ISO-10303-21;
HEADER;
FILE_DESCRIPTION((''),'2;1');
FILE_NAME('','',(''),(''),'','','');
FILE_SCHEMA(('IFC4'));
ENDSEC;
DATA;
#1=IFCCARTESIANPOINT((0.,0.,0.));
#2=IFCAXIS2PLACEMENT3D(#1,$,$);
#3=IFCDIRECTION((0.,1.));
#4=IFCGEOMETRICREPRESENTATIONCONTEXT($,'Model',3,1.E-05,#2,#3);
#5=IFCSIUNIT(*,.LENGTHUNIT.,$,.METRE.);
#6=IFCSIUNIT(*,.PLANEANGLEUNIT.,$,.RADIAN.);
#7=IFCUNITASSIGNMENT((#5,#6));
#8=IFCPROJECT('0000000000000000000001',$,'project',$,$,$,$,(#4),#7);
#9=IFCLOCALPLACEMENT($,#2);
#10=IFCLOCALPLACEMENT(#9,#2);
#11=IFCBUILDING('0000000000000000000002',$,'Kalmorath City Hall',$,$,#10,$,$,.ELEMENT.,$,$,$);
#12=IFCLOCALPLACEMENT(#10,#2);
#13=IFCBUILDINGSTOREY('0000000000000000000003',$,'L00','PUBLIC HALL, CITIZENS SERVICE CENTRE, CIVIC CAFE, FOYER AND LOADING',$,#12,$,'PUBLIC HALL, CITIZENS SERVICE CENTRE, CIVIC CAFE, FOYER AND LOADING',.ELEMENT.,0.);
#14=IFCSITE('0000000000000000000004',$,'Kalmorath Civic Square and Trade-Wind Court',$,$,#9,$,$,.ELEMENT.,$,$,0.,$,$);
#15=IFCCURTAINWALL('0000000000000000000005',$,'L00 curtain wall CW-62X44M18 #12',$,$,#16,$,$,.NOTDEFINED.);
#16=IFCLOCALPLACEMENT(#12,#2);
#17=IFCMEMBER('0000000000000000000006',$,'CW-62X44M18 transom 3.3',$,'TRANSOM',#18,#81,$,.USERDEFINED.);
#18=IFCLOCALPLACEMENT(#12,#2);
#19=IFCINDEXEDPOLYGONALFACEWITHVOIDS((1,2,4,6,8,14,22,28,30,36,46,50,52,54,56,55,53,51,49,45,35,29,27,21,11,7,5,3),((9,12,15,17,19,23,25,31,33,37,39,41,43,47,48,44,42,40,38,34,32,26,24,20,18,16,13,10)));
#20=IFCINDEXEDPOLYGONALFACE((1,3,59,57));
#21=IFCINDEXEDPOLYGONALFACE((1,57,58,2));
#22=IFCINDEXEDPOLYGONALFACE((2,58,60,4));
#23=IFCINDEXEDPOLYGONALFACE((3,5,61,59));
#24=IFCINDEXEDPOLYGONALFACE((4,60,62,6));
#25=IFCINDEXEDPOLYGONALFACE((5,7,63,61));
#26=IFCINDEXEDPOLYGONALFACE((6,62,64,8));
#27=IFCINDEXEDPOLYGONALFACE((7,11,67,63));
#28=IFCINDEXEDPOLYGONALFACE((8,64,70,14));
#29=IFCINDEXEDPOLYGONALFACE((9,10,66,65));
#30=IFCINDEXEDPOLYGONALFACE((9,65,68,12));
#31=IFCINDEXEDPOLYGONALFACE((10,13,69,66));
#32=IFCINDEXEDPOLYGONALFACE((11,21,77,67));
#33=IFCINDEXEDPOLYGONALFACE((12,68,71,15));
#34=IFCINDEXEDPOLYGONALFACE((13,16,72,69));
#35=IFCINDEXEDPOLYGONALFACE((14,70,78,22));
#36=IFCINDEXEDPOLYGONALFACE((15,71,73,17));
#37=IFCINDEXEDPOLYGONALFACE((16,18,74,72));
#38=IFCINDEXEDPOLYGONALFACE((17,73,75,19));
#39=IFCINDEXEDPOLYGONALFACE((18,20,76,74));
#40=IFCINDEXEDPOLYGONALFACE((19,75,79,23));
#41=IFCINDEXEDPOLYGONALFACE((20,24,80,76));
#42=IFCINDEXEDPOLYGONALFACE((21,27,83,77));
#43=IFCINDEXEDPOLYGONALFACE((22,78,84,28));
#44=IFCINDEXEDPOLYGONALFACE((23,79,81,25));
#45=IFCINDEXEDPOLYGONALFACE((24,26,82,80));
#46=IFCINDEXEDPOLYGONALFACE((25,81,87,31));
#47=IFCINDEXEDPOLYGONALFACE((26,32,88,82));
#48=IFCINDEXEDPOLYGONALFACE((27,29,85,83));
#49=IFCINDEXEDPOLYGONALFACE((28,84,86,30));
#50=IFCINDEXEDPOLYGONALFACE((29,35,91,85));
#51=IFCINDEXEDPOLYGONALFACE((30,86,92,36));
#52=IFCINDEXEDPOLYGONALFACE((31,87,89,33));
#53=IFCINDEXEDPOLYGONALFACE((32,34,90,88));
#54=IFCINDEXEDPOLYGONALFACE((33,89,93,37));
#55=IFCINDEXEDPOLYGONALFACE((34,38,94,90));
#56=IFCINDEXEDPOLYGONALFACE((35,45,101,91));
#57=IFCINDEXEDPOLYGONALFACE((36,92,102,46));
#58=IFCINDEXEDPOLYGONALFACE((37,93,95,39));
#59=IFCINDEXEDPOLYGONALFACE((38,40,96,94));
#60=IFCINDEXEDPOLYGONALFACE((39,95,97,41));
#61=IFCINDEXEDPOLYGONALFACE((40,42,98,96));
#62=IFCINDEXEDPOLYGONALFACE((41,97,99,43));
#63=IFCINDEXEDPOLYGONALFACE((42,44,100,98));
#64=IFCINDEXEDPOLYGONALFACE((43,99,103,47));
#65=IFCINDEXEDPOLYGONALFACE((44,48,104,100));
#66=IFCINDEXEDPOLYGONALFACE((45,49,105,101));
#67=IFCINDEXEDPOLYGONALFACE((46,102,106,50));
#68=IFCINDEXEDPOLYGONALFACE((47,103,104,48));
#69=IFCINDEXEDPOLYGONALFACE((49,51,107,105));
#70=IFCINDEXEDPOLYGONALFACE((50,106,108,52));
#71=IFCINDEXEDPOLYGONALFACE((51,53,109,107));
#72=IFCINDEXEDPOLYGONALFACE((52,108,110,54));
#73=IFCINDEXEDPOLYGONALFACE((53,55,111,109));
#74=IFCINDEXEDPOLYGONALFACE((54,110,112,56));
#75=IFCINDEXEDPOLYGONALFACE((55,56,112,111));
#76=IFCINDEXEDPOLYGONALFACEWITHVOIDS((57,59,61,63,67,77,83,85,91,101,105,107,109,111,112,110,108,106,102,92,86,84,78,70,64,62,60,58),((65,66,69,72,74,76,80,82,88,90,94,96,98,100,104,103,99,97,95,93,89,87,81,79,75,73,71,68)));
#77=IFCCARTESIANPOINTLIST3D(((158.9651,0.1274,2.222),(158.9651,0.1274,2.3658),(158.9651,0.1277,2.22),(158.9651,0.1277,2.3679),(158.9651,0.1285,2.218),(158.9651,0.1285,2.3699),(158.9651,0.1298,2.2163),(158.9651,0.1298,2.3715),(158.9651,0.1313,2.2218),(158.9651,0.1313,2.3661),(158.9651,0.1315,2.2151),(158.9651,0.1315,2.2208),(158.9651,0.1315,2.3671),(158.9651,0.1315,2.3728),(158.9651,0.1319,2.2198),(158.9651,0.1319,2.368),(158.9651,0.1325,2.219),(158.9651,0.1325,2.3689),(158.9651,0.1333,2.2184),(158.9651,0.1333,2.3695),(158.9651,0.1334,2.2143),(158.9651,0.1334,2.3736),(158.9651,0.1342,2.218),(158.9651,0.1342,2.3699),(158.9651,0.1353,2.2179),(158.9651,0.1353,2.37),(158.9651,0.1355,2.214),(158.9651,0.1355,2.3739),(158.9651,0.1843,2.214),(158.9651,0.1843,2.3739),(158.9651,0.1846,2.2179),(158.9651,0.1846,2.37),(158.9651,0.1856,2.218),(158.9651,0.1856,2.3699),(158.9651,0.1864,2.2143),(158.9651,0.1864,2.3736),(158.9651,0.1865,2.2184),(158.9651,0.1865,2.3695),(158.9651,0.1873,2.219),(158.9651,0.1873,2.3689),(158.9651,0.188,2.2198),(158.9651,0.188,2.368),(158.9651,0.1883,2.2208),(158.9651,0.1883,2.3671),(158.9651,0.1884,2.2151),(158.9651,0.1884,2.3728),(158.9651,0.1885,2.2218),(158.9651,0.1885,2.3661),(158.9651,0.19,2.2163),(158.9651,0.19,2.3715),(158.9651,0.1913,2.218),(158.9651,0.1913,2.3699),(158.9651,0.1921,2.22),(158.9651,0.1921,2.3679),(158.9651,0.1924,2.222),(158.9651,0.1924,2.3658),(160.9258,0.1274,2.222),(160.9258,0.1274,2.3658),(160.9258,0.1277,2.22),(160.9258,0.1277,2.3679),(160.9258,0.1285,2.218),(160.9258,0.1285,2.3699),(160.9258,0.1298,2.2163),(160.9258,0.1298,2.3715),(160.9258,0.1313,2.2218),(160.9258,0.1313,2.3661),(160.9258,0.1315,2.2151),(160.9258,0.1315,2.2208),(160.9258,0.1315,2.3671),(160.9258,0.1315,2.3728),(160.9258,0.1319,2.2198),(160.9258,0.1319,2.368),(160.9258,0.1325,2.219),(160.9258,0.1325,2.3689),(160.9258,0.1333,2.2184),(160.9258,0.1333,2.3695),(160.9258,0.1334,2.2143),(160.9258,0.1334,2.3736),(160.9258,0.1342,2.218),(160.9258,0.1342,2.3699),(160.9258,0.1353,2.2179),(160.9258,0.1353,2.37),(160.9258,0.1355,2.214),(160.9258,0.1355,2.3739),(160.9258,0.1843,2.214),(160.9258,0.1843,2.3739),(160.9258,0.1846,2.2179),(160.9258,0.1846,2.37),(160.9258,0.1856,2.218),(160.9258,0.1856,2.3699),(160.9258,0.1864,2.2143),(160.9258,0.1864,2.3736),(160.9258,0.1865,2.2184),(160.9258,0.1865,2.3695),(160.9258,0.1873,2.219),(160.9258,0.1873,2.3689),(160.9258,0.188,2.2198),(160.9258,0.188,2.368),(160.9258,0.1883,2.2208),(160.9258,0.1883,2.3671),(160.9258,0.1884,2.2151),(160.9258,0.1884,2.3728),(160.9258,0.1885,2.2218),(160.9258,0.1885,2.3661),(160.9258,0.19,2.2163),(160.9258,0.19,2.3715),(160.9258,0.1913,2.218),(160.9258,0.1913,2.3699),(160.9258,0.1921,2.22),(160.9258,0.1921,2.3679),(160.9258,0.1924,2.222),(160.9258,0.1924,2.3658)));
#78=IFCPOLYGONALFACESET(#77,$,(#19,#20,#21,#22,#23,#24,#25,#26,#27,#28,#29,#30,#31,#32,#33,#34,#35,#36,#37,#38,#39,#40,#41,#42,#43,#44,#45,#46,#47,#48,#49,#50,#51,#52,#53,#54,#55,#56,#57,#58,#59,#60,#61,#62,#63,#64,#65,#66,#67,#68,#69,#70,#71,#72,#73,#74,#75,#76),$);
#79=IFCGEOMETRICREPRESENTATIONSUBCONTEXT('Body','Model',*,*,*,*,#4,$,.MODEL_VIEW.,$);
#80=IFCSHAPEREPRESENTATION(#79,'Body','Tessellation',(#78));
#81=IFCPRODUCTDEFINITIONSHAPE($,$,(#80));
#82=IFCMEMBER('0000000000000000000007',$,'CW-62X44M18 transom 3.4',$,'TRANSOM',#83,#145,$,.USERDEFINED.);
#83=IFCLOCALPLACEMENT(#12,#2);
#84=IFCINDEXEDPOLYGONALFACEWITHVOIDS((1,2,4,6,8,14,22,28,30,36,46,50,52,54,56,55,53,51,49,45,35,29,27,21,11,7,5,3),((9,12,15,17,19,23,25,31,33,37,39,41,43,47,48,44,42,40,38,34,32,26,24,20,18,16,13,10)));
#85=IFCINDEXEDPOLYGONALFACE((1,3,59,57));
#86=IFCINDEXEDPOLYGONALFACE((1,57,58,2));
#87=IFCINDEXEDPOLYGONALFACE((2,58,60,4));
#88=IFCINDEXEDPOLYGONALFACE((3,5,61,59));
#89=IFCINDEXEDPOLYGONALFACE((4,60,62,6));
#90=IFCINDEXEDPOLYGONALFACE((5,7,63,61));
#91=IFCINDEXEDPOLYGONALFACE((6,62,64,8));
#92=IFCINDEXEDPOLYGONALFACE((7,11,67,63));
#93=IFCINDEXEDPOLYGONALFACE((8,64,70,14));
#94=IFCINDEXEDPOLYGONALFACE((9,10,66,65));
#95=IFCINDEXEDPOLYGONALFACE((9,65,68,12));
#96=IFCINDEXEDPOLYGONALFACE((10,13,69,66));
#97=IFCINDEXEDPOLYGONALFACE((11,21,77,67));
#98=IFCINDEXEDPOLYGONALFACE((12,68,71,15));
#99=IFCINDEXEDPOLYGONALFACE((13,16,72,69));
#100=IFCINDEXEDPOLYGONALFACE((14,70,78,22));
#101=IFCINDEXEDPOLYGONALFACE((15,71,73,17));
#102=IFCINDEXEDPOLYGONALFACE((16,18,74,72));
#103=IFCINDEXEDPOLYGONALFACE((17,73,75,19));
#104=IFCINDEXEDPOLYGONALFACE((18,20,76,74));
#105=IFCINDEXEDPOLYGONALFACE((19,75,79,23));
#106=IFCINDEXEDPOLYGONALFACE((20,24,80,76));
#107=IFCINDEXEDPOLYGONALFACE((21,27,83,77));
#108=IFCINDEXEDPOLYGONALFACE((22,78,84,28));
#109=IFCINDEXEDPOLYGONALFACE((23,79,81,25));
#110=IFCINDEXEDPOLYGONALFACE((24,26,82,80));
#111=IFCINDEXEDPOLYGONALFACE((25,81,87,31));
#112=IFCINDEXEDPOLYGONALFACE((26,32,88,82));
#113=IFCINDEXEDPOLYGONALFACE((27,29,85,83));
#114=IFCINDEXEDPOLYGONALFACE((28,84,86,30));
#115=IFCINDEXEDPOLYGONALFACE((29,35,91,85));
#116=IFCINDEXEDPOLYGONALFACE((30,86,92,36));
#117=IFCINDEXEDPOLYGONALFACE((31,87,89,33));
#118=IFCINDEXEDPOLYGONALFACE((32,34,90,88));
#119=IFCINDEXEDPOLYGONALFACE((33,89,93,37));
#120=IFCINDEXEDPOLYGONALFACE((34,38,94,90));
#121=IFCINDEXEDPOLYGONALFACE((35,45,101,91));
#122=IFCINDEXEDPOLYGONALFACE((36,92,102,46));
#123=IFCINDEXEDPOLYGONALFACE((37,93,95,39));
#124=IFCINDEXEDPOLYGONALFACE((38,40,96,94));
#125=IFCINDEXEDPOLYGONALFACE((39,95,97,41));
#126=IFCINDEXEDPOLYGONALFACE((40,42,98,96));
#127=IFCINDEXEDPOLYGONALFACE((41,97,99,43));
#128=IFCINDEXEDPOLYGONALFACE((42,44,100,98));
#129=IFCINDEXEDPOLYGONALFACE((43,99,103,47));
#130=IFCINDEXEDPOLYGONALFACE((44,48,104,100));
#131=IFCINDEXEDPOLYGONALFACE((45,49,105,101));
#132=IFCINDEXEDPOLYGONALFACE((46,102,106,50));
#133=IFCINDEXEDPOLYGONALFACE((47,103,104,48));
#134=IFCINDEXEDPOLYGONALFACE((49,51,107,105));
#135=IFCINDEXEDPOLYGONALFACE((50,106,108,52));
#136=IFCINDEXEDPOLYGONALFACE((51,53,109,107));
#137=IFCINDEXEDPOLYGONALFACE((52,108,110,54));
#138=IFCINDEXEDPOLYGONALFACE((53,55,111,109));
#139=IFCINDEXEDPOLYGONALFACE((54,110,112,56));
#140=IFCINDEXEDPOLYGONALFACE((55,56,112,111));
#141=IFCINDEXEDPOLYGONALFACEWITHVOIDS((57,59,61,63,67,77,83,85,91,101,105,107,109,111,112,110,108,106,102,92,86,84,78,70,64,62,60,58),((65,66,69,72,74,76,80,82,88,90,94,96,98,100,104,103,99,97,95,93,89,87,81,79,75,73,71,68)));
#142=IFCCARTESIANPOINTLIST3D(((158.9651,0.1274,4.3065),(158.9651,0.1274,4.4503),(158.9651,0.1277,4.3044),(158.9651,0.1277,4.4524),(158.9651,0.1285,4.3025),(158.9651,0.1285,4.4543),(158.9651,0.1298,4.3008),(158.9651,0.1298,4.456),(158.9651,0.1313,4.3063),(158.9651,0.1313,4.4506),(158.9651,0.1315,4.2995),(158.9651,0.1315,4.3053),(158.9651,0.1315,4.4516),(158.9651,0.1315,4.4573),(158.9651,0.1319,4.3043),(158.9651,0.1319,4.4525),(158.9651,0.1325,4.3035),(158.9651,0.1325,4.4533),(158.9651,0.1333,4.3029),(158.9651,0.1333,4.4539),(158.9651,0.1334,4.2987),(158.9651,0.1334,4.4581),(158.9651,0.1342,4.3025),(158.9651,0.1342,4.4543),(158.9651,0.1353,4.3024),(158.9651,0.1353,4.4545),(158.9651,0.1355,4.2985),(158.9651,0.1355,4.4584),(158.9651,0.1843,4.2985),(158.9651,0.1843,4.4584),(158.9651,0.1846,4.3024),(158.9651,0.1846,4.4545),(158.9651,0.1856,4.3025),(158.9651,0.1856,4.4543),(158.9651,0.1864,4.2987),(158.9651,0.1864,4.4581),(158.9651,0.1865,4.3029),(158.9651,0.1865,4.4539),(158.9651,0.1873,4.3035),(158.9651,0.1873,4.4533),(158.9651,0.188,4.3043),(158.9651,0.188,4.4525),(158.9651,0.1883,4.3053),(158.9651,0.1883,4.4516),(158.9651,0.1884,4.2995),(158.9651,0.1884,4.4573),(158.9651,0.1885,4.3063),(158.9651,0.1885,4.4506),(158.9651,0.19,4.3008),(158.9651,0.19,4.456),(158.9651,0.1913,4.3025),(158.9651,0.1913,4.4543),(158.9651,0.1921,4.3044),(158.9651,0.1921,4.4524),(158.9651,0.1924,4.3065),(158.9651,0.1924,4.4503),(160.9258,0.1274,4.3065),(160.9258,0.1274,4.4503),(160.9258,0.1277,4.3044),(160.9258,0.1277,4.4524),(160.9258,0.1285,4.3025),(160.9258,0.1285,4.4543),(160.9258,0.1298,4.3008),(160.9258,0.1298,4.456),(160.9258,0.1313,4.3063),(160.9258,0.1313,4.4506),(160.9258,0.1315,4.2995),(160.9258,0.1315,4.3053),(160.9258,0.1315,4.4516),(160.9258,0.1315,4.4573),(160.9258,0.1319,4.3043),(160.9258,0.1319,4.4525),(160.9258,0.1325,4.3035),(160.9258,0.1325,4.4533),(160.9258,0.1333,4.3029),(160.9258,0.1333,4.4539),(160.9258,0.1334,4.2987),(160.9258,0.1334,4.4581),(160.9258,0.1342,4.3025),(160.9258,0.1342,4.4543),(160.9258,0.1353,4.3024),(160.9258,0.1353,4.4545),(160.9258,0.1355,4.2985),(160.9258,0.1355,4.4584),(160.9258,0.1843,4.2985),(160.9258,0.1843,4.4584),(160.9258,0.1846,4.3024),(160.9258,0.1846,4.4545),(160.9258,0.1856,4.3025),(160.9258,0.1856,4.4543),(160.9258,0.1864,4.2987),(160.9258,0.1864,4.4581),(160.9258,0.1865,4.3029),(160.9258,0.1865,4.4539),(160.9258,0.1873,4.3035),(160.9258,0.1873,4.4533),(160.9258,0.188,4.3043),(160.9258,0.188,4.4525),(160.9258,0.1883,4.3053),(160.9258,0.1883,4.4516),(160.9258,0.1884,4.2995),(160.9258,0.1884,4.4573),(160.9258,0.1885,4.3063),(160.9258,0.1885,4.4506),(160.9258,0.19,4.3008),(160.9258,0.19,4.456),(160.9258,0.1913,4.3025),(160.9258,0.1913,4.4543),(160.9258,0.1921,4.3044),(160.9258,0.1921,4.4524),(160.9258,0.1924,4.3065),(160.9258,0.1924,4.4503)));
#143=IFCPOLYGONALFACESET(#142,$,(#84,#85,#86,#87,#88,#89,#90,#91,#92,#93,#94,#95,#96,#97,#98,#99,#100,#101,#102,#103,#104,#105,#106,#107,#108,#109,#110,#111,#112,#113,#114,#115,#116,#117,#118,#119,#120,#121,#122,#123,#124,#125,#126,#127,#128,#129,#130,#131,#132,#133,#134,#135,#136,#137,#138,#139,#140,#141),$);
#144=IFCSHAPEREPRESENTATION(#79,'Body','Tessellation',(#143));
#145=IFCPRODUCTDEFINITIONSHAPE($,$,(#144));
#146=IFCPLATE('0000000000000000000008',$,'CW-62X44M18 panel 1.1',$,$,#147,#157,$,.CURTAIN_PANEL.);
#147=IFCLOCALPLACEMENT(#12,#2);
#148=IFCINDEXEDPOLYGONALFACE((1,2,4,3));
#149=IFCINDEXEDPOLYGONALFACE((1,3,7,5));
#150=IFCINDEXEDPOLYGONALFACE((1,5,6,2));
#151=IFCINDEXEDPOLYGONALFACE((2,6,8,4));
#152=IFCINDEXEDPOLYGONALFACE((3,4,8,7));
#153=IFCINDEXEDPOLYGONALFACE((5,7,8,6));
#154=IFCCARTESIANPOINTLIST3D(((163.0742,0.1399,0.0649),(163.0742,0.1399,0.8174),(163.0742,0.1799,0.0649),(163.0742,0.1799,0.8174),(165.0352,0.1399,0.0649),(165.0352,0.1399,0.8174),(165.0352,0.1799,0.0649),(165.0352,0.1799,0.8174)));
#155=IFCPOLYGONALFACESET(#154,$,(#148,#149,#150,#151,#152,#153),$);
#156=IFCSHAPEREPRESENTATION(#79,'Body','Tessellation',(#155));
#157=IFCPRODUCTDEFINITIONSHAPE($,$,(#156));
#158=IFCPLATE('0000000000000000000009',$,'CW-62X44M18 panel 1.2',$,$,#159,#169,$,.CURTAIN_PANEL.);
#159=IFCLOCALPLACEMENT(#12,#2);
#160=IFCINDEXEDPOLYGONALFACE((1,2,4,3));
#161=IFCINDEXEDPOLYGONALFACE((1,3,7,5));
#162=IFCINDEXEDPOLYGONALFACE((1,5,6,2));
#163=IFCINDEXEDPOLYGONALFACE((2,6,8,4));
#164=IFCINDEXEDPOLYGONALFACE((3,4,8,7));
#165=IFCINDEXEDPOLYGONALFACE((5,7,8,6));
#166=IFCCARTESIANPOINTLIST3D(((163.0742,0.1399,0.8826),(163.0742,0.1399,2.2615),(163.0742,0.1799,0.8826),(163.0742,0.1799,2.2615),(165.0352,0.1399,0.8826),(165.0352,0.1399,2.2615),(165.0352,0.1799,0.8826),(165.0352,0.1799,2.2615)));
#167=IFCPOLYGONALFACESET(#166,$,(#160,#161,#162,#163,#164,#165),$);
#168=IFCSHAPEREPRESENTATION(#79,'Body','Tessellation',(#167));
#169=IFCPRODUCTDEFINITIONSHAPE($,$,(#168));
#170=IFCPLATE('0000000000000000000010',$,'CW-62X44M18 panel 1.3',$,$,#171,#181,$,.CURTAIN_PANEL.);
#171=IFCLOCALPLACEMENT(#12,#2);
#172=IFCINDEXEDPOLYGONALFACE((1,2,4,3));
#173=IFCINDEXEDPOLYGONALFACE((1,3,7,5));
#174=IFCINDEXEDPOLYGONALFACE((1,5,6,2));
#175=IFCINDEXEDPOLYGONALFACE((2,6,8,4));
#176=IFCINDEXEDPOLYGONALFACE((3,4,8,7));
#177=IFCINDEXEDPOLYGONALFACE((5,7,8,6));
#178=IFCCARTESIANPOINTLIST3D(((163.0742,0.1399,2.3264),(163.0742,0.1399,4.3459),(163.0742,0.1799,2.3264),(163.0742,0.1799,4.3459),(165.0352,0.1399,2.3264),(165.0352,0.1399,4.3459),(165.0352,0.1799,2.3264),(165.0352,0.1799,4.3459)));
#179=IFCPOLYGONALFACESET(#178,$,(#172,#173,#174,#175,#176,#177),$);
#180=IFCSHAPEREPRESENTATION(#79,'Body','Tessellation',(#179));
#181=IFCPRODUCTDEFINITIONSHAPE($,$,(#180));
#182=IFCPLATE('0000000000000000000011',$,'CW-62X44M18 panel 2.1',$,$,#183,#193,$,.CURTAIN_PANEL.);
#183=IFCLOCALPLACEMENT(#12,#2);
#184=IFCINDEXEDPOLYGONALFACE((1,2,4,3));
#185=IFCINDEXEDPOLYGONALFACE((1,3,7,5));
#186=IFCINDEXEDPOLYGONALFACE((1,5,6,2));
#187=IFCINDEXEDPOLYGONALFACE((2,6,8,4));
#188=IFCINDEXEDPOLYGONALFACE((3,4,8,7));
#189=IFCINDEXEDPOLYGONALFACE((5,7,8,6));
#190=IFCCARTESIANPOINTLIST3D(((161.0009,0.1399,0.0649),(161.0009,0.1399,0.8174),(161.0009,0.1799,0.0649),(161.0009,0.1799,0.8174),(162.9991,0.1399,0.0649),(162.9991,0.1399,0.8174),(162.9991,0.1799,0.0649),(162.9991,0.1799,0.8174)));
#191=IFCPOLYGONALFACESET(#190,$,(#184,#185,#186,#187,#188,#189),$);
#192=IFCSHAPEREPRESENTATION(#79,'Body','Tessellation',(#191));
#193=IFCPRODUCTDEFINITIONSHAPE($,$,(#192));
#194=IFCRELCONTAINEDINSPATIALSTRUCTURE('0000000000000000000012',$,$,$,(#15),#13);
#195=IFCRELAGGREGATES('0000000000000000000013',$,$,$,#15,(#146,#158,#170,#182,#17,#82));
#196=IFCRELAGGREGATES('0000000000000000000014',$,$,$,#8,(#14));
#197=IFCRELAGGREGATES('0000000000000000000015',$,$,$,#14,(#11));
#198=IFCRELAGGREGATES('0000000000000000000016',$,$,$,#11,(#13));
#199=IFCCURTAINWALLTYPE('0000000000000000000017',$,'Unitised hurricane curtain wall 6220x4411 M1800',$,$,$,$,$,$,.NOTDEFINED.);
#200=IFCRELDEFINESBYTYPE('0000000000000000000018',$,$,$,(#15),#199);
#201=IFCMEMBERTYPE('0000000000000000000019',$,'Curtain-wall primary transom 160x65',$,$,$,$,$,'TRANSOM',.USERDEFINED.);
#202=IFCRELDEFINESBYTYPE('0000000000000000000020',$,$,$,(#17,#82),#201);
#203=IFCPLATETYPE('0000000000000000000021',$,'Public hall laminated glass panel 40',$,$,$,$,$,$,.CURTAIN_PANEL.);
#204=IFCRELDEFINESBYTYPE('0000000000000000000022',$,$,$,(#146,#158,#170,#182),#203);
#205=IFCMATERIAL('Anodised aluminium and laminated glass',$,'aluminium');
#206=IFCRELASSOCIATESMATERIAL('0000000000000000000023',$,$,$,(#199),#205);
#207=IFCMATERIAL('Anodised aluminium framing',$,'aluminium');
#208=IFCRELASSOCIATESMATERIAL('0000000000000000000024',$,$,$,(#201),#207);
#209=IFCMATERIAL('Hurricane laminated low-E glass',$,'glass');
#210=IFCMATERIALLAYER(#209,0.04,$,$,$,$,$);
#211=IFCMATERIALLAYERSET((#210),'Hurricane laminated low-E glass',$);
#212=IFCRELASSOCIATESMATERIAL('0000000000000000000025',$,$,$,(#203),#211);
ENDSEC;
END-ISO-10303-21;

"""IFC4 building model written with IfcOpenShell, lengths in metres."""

from ifc_helpers import new_model, si_unit, direction, frame, origin, origin_2d, place, context, subcontext, project, spatial, rectangle, hollow_rectangle, extrude, material, layer, layer_set, material_profile, profile_set, type_object, element, aggregate, save


model = new_model("IFC4")

# Units and contexts
model_context = context("Model", 3, precision=1e-05, world=origin(), true_north=direction((0.0, 1.0)))
body_context = subcontext(model_context, "Body", "Model", "MODEL_VIEW")
ifc_project = project(units=[si_unit("LENGTHUNIT", "METRE"), si_unit("PLANEANGLEUNIT", "RADIAN")], contexts=[model_context])

# Site, building, storey
site_placement = place(None, origin())
site = spatial("IfcSite", under=ifc_project, at=site_placement, Name="Kalmorath Civic Square and Trade-Wind Court", CompositionType="ELEMENT", RefElevation=0.0)
building_placement = place(site_placement, origin())
building = spatial("IfcBuilding", under=site, at=building_placement, Name="Kalmorath City Hall", CompositionType="ELEMENT")
storey_placement = place(building_placement, origin())
storey = spatial("IfcBuildingStorey", under=building, at=storey_placement, Name="L00", Description="PUBLIC HALL, CITIZENS SERVICE CENTRE, CIVIC CAFE, FOYER AND LOADING", LongName="PUBLIC HALL, CITIZENS SERVICE CENTRE, CIVIC CAFE, FOYER AND LOADING", CompositionType="ELEMENT", Elevation=0.0)

# Curtain wall, members, plates
ifc_material_1 = material(Name="Anodised aluminium and laminated glass", Category="aluminium")
curtain_wall_type = type_object("IfcCurtainWallType", Name="Unitised hurricane curtain wall 6220x4411 M1800", PredefinedType="NOTDEFINED", material=ifc_material_1)
curtain_wall_placement = place(storey_placement, origin())
curtain_wall = element("IfcCurtainWall", 1, at=curtain_wall_placement, inside=storey, type_object=curtain_wall_type, Name="L00 curtain wall CW-62X44M18 #12", PredefinedType="NOTDEFINED")
ifc_material_2 = material(Name="Anodised aluminium framing", Category="aluminium")
ifc_material_profile_1 = material_profile(ifc_material_2, hollow_rectangle(XDim=0.0649, YDim=0.1599, WallThickness=0.0039, InnerFilletRadius=0.0039, OuterFilletRadius=0.0081, at=origin_2d()), Name="ALU-TRN-160X65X4")
ifc_profile_set_1 = profile_set([ifc_material_profile_1], Name="Anodised aluminium framing")
member_type_1 = type_object("IfcMemberType", Name="Curtain-wall primary transom 160x65", ElementType="TRANSOM", PredefinedType="USERDEFINED", material=ifc_profile_set_1)
member_1_placement = place(storey_placement, frame((160.9258, 0.1599, 2.2939), z_axis=(-1.0, 0.0, 0.0), x_axis=(0.0, -1.0, 0.0)))
member_1 = element("IfcMember", 2, at=member_1_placement, type_object=member_type_1, Name="CW-62X44M18 transom 3.3", ObjectType="TRANSOM", PredefinedType="USERDEFINED", context=body_context, shape_type="SweptSolid", body=[
    extrude(hollow_rectangle(XDim=0.0649, YDim=0.1599, WallThickness=0.0039, InnerFilletRadius=0.0039, OuterFilletRadius=0.0081, at=origin_2d()), origin(), (0.0, 0.0, 1.0), 1.9607),
])
member_2_placement = place(storey_placement, frame((160.9258, 0.1599, 4.3784), z_axis=(-1.0, 0.0, 0.0), x_axis=(0.0, -1.0, 0.0)))
member_2 = element("IfcMember", 3, at=member_2_placement, type_object=member_type_1, Name="CW-62X44M18 transom 3.4", ObjectType="TRANSOM", PredefinedType="USERDEFINED", context=body_context, shape_type="SweptSolid", body=[
    extrude(hollow_rectangle(XDim=0.0649, YDim=0.1599, WallThickness=0.0039, InnerFilletRadius=0.0039, OuterFilletRadius=0.0081, at=origin_2d()), origin(), (0.0, 0.0, 1.0), 1.9607),
])
ifc_material_3 = material(Name="Hurricane laminated low-E glass", Category="glass")
ifc_layer_1 = layer(ifc_material_3, 0.04)
ifc_layer_set_1 = layer_set([ifc_layer_1], Name="Hurricane laminated low-E glass")
plate_type = type_object("IfcPlateType", Name="Public hall laminated glass panel 40", PredefinedType="CURTAIN_PANEL", material=ifc_layer_set_1)
plate_1_placement = place(storey_placement, frame((164.0547, 0.1599, 0.0649), z_axis=(0.0, 0.0, 1.0), x_axis=(-1.0, 0.0, 0.0)))
plate_1 = element("IfcPlate", 4, at=plate_1_placement, type_object=plate_type, Name="CW-62X44M18 panel 1.1", PredefinedType="CURTAIN_PANEL", context=body_context, shape_type="SweptSolid", body=[
    extrude(rectangle(XDim=1.9609, YDim=0.04, at=origin_2d()), origin(), (0.0, 0.0, 1.0), 0.7524),
])
plate_2_placement = place(storey_placement, frame((164.0547, 0.1599, 0.8826), z_axis=(0.0, 0.0, 1.0), x_axis=(-1.0, 0.0, 0.0)))
plate_2 = element("IfcPlate", 5, at=plate_2_placement, type_object=plate_type, Name="CW-62X44M18 panel 1.2", PredefinedType="CURTAIN_PANEL", context=body_context, shape_type="SweptSolid", body=[
    extrude(rectangle(XDim=1.9609, YDim=0.04, at=origin_2d()), origin(), (0.0, 0.0, 1.0), 1.3789),
])
plate_3_placement = place(storey_placement, frame((164.0547, 0.1599, 2.3264), z_axis=(0.0, 0.0, 1.0), x_axis=(-1.0, 0.0, 0.0)))
plate_3 = element("IfcPlate", 6, at=plate_3_placement, type_object=plate_type, Name="CW-62X44M18 panel 1.3", PredefinedType="CURTAIN_PANEL", context=body_context, shape_type="SweptSolid", body=[
    extrude(rectangle(XDim=1.9609, YDim=0.04, at=origin_2d()), origin(), (0.0, 0.0, 1.0), 2.0195),
])
plate_4_placement = place(storey_placement, frame((162.0, 0.1599, 0.0649), z_axis=(0.0, 0.0, 1.0), x_axis=(-1.0, 0.0, 0.0)))
plate_4 = element("IfcPlate", 7, at=plate_4_placement, type_object=plate_type, Name="CW-62X44M18 panel 2.1", PredefinedType="CURTAIN_PANEL", context=body_context, shape_type="SweptSolid", body=[
    extrude(rectangle(XDim=1.9983, YDim=0.04, at=origin_2d()), origin(), (0.0, 0.0, 1.0), 0.7524),
])
aggregate(curtain_wall, [plate_1, plate_2, plate_3, plate_4, member_1, member_2])

save(model, "model.ifc")
